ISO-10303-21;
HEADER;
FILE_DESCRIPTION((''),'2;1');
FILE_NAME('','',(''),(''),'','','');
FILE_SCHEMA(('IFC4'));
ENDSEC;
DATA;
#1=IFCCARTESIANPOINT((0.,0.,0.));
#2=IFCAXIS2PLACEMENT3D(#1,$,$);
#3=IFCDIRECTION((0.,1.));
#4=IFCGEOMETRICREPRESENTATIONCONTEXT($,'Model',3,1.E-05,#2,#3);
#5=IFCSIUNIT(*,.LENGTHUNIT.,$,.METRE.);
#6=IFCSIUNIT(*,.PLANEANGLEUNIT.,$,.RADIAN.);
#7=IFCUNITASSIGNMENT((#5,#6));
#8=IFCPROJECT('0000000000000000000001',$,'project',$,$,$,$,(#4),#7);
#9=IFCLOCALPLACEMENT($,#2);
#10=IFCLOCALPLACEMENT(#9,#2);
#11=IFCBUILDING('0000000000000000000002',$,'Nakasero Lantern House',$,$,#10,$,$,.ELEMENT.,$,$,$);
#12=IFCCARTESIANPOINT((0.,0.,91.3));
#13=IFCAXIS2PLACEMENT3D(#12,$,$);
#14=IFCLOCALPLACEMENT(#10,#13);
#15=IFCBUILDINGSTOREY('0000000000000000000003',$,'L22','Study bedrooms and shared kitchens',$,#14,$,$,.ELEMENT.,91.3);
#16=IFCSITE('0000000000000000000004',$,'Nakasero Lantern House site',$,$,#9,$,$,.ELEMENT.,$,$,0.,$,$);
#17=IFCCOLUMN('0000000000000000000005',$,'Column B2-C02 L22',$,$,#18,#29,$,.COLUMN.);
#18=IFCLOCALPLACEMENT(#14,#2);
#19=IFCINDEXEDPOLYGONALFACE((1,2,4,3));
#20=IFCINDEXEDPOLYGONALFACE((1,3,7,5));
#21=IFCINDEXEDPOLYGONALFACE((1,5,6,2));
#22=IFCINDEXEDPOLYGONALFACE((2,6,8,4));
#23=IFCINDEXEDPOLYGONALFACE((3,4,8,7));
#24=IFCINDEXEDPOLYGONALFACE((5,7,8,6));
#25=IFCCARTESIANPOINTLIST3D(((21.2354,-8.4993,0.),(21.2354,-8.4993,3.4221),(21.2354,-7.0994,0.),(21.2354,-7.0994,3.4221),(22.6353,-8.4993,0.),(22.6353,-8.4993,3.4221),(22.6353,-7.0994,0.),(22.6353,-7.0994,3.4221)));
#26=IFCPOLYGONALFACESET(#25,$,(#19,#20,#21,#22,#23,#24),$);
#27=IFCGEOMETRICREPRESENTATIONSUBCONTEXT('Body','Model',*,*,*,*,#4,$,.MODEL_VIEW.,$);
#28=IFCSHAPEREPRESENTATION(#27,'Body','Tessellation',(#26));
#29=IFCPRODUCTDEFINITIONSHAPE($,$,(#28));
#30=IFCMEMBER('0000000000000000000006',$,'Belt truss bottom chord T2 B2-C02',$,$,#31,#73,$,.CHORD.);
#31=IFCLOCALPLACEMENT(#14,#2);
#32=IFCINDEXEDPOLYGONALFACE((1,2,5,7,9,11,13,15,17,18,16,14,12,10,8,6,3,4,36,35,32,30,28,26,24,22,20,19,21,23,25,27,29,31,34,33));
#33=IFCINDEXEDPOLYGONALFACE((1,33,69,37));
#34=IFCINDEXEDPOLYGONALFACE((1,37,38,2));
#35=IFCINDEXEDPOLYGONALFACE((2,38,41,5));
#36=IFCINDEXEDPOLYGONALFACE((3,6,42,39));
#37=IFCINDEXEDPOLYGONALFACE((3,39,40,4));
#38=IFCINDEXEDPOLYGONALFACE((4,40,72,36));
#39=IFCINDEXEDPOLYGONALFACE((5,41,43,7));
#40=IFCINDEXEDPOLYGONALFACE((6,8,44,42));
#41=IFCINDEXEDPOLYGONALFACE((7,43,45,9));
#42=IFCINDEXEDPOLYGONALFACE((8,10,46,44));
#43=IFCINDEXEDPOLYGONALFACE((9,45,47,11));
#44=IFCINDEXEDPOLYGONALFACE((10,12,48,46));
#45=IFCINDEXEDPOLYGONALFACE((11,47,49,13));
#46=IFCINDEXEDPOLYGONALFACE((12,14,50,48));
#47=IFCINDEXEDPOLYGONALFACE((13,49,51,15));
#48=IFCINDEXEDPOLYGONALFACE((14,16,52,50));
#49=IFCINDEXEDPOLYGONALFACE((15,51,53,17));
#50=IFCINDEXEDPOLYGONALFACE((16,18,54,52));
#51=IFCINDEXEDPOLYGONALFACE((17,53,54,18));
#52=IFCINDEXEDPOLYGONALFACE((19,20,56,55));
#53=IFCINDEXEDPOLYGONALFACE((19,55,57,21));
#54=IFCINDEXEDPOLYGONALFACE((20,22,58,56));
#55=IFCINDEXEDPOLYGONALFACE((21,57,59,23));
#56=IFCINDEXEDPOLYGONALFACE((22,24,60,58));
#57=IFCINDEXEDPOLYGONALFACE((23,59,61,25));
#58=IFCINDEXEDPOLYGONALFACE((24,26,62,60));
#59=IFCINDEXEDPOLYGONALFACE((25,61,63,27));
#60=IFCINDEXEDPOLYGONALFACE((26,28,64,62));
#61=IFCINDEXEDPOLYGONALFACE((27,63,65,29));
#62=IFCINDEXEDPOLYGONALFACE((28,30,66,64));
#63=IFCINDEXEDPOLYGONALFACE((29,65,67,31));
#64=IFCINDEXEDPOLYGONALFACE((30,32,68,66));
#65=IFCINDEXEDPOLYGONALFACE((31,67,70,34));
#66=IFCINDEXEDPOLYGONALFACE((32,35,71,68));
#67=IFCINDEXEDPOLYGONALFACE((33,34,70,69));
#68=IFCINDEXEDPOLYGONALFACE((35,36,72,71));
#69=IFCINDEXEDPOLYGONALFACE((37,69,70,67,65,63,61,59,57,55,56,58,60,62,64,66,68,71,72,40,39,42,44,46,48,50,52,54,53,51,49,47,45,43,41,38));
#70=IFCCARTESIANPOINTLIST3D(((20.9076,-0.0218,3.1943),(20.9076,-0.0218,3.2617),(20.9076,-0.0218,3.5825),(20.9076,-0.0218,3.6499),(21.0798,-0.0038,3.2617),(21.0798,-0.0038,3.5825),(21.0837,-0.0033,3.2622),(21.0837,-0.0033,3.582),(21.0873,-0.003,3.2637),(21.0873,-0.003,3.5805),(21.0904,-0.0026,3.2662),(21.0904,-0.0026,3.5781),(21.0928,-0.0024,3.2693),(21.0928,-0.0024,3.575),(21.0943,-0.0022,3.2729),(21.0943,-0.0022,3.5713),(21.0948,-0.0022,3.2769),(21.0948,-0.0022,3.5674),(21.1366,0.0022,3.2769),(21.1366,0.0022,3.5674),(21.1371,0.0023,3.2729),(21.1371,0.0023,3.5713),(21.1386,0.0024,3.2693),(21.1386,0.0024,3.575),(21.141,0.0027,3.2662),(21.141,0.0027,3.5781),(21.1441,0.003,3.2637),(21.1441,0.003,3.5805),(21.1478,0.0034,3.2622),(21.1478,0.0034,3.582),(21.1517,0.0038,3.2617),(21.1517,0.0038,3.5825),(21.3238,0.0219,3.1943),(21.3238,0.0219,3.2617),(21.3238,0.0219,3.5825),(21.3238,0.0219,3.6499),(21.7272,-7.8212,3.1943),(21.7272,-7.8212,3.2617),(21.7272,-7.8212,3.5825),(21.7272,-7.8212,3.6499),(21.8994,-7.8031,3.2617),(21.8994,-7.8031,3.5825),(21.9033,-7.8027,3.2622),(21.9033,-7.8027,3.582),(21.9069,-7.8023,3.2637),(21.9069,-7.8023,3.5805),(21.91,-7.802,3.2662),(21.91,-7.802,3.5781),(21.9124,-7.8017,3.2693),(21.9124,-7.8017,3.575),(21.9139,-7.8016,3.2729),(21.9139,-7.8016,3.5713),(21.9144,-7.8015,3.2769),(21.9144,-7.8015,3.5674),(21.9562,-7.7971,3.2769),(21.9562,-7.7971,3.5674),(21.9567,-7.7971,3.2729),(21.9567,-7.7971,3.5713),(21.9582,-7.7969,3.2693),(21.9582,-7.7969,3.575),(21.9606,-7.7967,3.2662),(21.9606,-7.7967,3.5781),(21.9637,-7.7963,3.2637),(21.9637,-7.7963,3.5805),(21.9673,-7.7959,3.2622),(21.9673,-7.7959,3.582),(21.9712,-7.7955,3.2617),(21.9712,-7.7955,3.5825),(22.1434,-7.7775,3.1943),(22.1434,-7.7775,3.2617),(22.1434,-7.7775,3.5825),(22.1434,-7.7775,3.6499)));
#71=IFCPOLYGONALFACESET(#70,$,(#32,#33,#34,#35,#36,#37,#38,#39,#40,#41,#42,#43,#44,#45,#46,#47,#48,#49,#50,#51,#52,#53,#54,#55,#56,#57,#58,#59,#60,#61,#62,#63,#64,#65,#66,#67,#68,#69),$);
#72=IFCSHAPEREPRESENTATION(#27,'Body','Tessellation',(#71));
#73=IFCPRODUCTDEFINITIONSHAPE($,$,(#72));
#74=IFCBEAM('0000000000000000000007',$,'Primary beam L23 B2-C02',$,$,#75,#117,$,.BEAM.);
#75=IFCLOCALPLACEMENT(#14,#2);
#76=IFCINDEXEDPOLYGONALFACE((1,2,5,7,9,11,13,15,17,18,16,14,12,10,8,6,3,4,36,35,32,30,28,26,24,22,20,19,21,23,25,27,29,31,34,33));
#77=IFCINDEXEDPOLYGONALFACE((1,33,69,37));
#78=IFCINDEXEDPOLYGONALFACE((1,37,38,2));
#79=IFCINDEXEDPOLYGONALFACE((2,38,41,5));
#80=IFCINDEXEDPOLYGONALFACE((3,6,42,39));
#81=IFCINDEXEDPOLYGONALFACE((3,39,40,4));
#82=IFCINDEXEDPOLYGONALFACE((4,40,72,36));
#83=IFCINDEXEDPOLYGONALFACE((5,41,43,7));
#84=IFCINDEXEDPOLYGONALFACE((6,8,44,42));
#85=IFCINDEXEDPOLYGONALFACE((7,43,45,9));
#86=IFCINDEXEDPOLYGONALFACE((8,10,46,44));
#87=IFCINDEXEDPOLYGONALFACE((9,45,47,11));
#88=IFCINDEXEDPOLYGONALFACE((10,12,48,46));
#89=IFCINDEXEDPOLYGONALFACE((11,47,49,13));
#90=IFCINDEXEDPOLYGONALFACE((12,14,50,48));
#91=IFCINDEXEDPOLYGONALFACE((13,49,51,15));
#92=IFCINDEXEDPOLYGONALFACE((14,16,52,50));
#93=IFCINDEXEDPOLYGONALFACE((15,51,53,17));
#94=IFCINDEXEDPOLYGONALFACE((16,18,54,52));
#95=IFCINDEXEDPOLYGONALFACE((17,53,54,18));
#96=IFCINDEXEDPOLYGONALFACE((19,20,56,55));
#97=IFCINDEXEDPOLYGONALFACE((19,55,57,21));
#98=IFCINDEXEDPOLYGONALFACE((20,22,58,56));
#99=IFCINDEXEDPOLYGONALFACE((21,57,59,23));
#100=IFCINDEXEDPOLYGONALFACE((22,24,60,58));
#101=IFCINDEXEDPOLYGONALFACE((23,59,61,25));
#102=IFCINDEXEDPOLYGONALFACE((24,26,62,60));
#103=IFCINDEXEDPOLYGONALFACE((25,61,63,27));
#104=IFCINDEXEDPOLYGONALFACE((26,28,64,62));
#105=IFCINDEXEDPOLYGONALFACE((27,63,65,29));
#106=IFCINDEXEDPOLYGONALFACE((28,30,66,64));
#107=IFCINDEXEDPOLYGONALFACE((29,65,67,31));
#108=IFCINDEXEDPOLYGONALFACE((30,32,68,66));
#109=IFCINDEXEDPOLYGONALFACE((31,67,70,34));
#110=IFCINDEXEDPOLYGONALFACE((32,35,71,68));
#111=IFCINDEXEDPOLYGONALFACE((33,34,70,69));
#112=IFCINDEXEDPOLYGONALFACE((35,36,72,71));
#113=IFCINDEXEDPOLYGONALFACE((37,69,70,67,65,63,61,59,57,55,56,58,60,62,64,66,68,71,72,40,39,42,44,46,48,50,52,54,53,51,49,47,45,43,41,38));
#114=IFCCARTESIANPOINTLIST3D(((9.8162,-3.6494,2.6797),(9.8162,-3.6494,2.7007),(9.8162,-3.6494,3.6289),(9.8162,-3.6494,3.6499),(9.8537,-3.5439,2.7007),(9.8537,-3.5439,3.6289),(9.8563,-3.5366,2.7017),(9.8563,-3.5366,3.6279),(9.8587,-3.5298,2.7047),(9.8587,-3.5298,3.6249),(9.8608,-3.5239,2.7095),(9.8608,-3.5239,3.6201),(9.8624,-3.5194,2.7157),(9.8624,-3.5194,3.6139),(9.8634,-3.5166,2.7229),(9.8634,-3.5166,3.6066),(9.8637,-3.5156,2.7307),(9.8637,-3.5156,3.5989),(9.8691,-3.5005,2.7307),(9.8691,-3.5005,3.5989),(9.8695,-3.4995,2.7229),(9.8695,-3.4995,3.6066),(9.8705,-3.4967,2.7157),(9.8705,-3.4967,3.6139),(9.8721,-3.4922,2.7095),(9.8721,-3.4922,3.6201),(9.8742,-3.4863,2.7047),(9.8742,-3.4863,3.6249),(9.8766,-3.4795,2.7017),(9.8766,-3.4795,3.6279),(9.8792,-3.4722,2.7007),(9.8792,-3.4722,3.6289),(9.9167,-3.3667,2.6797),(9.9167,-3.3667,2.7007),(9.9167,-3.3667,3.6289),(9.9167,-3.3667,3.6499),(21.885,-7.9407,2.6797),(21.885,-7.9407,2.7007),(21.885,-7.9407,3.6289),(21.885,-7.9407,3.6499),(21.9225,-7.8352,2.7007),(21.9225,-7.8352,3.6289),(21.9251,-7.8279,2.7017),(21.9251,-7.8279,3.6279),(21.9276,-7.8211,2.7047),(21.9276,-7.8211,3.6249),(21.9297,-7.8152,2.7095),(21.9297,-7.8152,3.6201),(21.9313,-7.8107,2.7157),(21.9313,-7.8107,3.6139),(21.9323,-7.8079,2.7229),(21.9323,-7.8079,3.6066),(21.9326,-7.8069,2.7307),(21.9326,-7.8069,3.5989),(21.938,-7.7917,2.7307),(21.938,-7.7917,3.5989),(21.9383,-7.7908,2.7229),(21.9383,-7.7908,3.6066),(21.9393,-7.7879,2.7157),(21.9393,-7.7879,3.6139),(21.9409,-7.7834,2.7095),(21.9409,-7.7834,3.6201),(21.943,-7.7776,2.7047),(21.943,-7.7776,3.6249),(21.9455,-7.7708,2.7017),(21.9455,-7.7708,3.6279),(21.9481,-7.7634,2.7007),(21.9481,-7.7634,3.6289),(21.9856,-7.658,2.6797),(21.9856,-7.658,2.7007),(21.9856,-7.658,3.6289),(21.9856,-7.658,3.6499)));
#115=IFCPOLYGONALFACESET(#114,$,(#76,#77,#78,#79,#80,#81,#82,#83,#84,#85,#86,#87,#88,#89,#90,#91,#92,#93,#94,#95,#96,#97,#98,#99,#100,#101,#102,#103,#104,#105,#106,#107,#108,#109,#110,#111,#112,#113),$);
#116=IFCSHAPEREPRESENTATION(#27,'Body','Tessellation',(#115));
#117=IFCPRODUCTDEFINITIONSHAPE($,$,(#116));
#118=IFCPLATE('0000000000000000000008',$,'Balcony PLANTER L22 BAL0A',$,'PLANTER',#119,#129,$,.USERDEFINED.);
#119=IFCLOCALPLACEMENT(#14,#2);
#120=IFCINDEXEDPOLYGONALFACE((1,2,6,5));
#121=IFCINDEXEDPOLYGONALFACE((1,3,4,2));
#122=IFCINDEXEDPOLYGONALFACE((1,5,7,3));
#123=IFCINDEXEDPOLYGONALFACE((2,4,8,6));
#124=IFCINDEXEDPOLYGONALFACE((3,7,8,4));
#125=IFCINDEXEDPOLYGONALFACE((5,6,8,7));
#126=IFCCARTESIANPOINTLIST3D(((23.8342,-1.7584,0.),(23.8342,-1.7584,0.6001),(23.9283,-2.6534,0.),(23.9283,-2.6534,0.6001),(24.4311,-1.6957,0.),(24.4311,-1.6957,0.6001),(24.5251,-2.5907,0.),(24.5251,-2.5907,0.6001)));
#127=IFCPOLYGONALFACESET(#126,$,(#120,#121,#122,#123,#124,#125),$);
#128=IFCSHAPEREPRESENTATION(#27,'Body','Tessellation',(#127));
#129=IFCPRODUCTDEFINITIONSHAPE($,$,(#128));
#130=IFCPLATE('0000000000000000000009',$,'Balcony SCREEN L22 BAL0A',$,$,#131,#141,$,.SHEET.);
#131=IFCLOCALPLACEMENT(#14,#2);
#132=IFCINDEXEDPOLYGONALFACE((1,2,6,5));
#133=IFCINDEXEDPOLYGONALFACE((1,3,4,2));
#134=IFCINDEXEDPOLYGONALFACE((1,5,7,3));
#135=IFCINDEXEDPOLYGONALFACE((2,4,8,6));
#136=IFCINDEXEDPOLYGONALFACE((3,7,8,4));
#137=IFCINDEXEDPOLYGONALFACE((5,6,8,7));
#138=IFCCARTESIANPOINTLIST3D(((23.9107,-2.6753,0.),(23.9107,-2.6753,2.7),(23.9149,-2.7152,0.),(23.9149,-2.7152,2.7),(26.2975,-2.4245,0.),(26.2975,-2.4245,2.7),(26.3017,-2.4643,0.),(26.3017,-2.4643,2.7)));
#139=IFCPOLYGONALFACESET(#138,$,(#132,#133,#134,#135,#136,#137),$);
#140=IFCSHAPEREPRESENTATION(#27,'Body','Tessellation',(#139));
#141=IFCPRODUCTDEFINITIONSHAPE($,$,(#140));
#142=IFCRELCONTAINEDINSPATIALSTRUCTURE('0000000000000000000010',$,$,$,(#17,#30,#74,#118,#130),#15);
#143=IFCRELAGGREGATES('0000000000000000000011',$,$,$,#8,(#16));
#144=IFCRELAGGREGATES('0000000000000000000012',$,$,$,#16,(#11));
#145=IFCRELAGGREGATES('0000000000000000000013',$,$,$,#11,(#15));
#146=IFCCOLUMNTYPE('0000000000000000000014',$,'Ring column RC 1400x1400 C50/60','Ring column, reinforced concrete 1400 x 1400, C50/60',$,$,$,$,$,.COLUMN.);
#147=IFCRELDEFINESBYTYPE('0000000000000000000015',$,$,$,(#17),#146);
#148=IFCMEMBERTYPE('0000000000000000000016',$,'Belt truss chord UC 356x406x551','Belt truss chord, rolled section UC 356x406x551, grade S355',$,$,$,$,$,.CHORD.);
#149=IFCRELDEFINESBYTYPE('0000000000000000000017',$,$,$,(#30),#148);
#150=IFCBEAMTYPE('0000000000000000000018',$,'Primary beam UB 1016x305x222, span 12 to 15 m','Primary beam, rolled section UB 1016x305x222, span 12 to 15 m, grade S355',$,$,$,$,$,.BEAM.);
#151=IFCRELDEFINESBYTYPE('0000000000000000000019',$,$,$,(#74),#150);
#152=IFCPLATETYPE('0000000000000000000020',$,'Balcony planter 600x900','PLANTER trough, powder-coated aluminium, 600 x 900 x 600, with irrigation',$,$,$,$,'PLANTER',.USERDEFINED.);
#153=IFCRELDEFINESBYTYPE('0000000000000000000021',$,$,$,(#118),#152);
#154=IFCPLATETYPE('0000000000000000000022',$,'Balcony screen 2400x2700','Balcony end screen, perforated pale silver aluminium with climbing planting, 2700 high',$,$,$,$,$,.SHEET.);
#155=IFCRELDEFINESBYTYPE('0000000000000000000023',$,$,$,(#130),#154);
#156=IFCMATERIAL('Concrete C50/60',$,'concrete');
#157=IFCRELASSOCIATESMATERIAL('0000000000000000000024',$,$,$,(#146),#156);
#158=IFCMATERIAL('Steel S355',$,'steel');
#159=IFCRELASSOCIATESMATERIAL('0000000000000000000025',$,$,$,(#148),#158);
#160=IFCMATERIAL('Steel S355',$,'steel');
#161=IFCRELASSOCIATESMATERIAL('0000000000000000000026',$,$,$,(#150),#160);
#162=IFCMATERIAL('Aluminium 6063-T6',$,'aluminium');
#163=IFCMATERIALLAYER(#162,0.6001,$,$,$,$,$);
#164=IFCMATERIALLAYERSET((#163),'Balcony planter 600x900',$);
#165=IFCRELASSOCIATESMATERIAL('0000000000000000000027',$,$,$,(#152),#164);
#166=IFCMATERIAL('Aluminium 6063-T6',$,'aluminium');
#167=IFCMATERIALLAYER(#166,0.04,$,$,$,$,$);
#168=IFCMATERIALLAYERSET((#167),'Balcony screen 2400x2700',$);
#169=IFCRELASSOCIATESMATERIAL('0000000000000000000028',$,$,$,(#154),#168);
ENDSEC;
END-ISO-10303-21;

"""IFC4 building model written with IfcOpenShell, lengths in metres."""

from ifc_helpers import new_model, si_unit, direction, frame, origin, origin_2d, place, context, subcontext, project, spatial, rectangle, i_section, extrude, material, layer, layer_set, material_profile, profile_set, type_object, element, save


model = new_model("IFC4")

# Units and contexts
model_context = context("Model", 3, precision=1e-05, world=origin(), true_north=direction((0.0, 1.0)))
body_context = subcontext(model_context, "Body", "Model", "MODEL_VIEW")
ifc_project = project(units=[si_unit("LENGTHUNIT", "METRE"), si_unit("PLANEANGLEUNIT", "RADIAN")], contexts=[model_context])

# Site, building, storey
site_placement = place(None, origin())
site = spatial("IfcSite", under=ifc_project, at=site_placement, Name="Nakasero Lantern House site", CompositionType="ELEMENT", RefElevation=0.0)
building_placement = place(site_placement, origin())
building = spatial("IfcBuilding", under=site, at=building_placement, Name="Nakasero Lantern House", CompositionType="ELEMENT")
storey_placement = place(building_placement, frame((0.0, 0.0, 91.3)))
storey = spatial("IfcBuildingStorey", under=building, at=storey_placement, Name="L22", Description="Study bedrooms and shared kitchens", CompositionType="ELEMENT", Elevation=91.3)

# Column
ifc_material_1 = material(Name="Concrete C50/60", Category="concrete")
ifc_material_profile_1 = material_profile(ifc_material_1, rectangle(XDim=1.3999, YDim=1.3999, at=origin_2d()), Name="RC 1400x1400")
ifc_profile_set_1 = profile_set([ifc_material_profile_1], Name="Concrete C50/60")
column_type = type_object("IfcColumnType", Name="Ring column RC 1400x1400 C50/60", Description="Ring column, reinforced concrete 1400 x 1400, C50/60", PredefinedType="COLUMN", material=ifc_profile_set_1)
column_placement = place(storey_placement, frame((21.9353, -7.7993, 0.0), z_axis=(0.0, 0.0, 1.0), x_axis=(1.0, 0.0, 0.0)))
element("IfcColumn", 1, at=column_placement, inside=storey, type_object=column_type, Name="Column B2-C02 L22", PredefinedType="COLUMN", context=body_context, shape_type="SweptSolid", body=[
    extrude(rectangle(XDim=1.3999, YDim=1.3999, at=origin_2d()), origin(), (0.0, 0.0, 1.0), 3.4221),
])

# Member
ifc_material_2 = material(Name="Steel S355", Category="steel")
ifc_material_profile_2 = material_profile(ifc_material_2, i_section(OverallWidth=0.4185, OverallDepth=0.4556, WebThickness=0.042, FlangeThickness=0.0674, FilletRadius=0.0151, at=origin_2d()), Name="UC 356x406x551")
ifc_profile_set_2 = profile_set([ifc_material_profile_2], Name="Steel S355")
member_type = type_object("IfcMemberType", Name="Belt truss chord UC 356x406x551", Description="Belt truss chord, rolled section UC 356x406x551, grade S355", PredefinedType="CHORD", material=ifc_profile_set_2)
member_placement = place(storey_placement, frame((21.9353, -7.7993, 3.4221), z_axis=(-0.104508, 0.994524, 0.0), x_axis=(-0.994524, -0.104508, 0.0)))
element("IfcMember", 2, at=member_placement, inside=storey, type_object=member_type, Name="Belt truss bottom chord T2 B2-C02", PredefinedType="CHORD", context=body_context, shape_type="SweptSolid", body=[
    extrude(i_section(OverallWidth=0.4185, OverallDepth=0.4556, WebThickness=0.042, FlangeThickness=0.0674, FilletRadius=0.0151, at=origin_2d()), origin(), (0.0, 0.0, 1.0), 7.8423),
])

# Beam
ifc_material_3 = material(Name="Steel S355", Category="steel")
ifc_material_profile_3 = material_profile(ifc_material_3, i_section(OverallWidth=0.3, OverallDepth=0.9702, WebThickness=0.0161, FlangeThickness=0.021, FilletRadius=0.03, at=origin_2d()), Name="UB 1016x305x222")
ifc_profile_set_3 = profile_set([ifc_material_profile_3], Name="Steel S355")
beam_type = type_object("IfcBeamType", Name="Primary beam UB 1016x305x222, span 12 to 15 m", Description="Primary beam, rolled section UB 1016x305x222, span 12 to 15 m, grade S355", PredefinedType="BEAM", material=ifc_profile_set_3)
beam_placement = place(storey_placement, frame((21.9353, -7.7993, 3.1648), z_axis=(-0.942212, 0.335018, 0.0), x_axis=(-0.335018, -0.942212, 0.0)))
element("IfcBeam", 3, at=beam_placement, inside=storey, type_object=beam_type, Name="Primary beam L23 B2-C02", PredefinedType="BEAM", context=body_context, shape_type="SweptSolid", body=[
    extrude(i_section(OverallWidth=0.3, OverallDepth=0.9702, WebThickness=0.0161, FlangeThickness=0.021, FilletRadius=0.03, at=origin_2d()), origin(), (0.0, 0.0, 1.0), 12.8091),
])

# Plates
ifc_material_4 = material(Name="Aluminium 6063-T6", Category="aluminium")
ifc_layer_1 = layer(ifc_material_4, 0.6001)
ifc_layer_set_1 = layer_set([ifc_layer_1], Name="Balcony planter 600x900")
plate_type_1 = type_object("IfcPlateType", Name="Balcony planter 600x900", Description="PLANTER trough, powder-coated aluminium, 600 x 900 x 600, with irrigation", ElementType="PLANTER", PredefinedType="USERDEFINED", material=ifc_layer_set_1)
plate_1_placement = place(storey_placement, frame((24.1797, -2.1746, 0.0), z_axis=(0.0, 0.0, 1.0), x_axis=(0.994522, 0.104528, 0.0)))
element("IfcPlate", 4, at=plate_1_placement, inside=storey, type_object=plate_type_1, Name="Balcony PLANTER L22 BAL0A", ObjectType="PLANTER", PredefinedType="USERDEFINED", context=body_context, shape_type="SweptSolid", body=[
    extrude(rectangle(XDim=0.6001, YDim=0.8999, at=origin_2d()), origin(), (0.0, 0.0, 1.0), 0.6001),
])
ifc_material_5 = material(Name="Aluminium 6063-T6", Category="aluminium")
ifc_layer_2 = layer(ifc_material_5, 0.04)
ifc_layer_set_2 = layer_set([ifc_layer_2], Name="Balcony screen 2400x2700")
plate_type_2 = type_object("IfcPlateType", Name="Balcony screen 2400x2700", Description="Balcony end screen, perforated pale silver aluminium with climbing planting, 2700 high", PredefinedType="SHEET", material=ifc_layer_set_2)
plate_2_placement = place(storey_placement, frame((25.1062, -2.5698, 0.0), z_axis=(0.0, 0.0, 1.0), x_axis=(0.994522, 0.104528, 0.0)))
element("IfcPlate", 5, at=plate_2_placement, inside=storey, type_object=plate_type_2, Name="Balcony SCREEN L22 BAL0A", PredefinedType="SHEET", context=body_context, shape_type="SweptSolid", body=[
    extrude(rectangle(XDim=2.3999, YDim=0.04, at=origin_2d()), origin(), (0.0, 0.0, 1.0), 2.7),
])

save(model, "model.ifc")
